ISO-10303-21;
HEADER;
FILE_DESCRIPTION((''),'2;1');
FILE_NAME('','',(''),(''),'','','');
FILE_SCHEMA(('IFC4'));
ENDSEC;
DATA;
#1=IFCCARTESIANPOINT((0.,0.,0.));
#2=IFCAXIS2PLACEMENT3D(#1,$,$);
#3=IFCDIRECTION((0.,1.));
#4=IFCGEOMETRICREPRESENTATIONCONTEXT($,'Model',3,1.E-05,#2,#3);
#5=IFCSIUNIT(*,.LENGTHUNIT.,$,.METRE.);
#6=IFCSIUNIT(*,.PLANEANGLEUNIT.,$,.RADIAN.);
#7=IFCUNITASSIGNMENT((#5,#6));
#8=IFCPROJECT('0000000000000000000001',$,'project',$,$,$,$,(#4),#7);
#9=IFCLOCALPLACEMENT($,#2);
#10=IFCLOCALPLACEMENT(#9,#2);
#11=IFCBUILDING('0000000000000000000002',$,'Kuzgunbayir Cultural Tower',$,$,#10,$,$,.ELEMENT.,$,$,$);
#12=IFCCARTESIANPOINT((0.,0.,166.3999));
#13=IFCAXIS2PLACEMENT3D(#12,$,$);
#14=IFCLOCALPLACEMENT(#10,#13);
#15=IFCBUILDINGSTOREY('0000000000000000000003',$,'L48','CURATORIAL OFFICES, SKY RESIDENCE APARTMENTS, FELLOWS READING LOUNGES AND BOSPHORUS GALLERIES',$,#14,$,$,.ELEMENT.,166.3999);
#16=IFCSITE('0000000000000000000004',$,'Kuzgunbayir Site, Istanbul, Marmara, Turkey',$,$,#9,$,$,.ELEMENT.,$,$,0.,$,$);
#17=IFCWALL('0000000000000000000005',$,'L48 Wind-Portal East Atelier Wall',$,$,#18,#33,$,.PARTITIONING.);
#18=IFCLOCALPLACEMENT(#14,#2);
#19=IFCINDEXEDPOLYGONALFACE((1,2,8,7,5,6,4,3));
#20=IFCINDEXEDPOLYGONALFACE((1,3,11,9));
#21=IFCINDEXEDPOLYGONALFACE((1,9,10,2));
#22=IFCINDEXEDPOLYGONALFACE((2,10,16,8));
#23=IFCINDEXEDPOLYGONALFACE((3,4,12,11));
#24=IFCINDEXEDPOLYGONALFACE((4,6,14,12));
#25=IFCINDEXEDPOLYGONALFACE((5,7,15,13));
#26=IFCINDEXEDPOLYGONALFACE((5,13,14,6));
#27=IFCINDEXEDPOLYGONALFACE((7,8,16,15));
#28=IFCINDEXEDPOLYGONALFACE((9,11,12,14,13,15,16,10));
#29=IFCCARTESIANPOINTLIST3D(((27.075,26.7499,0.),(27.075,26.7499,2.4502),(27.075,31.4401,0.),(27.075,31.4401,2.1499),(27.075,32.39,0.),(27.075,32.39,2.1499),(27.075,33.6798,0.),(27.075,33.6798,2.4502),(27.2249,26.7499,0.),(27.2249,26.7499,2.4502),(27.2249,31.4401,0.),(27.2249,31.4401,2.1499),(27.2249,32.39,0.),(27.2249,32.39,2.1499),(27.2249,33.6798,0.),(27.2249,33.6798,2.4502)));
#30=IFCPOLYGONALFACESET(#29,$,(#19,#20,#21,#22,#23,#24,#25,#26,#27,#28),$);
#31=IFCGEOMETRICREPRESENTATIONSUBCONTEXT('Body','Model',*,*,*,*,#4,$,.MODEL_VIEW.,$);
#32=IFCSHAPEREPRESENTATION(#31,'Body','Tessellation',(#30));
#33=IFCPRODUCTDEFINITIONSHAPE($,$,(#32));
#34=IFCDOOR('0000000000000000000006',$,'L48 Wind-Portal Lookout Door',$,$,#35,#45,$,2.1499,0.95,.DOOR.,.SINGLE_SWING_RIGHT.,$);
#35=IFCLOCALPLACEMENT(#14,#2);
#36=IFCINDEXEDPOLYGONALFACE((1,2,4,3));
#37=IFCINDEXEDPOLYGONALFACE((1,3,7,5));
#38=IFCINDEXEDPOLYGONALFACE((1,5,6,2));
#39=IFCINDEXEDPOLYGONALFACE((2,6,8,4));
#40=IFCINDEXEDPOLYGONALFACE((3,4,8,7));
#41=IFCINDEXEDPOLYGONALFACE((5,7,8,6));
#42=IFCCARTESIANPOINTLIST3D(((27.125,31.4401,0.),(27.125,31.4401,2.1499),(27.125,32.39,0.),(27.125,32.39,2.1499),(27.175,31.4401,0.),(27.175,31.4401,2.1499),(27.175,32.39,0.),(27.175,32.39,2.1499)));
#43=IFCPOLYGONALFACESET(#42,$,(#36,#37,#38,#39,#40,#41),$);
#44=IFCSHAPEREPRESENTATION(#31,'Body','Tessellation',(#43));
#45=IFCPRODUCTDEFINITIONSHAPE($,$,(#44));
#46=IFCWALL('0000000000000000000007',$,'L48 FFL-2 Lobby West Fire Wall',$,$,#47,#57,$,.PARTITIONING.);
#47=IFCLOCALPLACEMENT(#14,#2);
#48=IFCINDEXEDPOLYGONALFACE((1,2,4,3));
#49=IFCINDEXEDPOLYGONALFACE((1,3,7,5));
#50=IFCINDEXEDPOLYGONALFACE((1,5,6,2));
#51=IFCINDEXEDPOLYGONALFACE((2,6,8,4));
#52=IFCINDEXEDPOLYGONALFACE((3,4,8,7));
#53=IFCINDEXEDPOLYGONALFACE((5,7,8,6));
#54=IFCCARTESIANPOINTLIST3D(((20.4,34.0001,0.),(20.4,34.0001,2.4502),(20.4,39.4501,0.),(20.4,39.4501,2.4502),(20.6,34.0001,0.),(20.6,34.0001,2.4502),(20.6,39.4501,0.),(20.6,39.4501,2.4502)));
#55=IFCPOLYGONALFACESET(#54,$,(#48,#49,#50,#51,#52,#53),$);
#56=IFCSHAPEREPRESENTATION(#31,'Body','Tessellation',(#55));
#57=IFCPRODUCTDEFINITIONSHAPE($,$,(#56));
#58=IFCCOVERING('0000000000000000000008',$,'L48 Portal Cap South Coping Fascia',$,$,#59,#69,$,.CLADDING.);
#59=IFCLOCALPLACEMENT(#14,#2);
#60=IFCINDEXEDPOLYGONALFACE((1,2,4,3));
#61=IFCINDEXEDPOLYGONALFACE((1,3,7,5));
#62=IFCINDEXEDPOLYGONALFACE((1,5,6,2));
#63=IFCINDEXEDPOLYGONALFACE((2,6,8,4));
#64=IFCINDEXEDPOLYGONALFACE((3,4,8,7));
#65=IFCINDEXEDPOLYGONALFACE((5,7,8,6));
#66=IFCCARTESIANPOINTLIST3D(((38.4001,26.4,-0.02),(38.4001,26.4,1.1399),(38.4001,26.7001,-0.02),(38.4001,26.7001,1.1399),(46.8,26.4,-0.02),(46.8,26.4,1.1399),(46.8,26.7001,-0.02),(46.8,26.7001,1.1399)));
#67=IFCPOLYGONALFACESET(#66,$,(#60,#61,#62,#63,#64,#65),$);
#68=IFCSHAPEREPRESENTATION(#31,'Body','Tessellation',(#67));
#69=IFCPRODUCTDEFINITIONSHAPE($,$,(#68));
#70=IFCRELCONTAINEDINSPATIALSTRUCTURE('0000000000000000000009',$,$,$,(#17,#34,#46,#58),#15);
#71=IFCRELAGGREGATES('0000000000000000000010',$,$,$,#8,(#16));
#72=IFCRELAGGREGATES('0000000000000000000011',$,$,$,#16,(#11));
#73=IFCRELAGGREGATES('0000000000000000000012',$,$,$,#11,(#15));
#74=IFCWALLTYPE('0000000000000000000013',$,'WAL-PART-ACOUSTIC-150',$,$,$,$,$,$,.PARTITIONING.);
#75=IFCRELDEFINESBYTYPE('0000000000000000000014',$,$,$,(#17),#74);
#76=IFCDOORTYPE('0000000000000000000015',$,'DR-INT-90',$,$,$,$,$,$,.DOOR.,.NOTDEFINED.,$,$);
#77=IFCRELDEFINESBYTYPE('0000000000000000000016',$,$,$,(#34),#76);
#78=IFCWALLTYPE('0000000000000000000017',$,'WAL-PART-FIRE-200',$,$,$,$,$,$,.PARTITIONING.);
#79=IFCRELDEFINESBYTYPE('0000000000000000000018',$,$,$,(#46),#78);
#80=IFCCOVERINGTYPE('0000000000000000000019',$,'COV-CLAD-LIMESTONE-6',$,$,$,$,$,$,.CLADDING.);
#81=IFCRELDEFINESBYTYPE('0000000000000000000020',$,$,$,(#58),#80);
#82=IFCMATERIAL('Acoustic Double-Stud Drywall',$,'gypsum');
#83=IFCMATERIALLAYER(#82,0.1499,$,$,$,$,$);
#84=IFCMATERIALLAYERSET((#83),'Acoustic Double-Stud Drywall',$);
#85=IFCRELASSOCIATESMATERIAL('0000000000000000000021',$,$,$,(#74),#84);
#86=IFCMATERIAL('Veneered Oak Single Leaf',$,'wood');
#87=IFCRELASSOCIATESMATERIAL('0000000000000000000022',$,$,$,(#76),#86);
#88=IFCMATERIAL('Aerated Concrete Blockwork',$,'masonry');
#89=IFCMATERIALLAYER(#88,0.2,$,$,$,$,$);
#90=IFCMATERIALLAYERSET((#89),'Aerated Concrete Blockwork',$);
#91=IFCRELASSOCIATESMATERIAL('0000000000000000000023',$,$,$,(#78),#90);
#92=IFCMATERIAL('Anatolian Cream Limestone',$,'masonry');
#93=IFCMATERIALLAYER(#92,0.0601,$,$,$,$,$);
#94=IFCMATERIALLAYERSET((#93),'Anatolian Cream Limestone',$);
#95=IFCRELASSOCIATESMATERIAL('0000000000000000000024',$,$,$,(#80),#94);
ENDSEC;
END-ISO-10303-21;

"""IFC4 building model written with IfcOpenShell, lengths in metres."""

from ifc_helpers import new_model, si_unit, direction, frame, frame_2d, origin, origin_2d, place, context, subcontext, project, spatial, rectangle, extrude, material, layer, layer_set, type_object, element, fill, save


model = new_model("IFC4")

# Units and contexts
model_context = context("Model", 3, precision=1e-05, world=origin(), true_north=direction((0.0, 1.0)))
body_context = subcontext(model_context, "Body", "Model", "MODEL_VIEW")
ifc_project = project(units=[si_unit("LENGTHUNIT", "METRE"), si_unit("PLANEANGLEUNIT", "RADIAN")], contexts=[model_context])

# Site, building, storey
site_placement = place(None, origin())
site = spatial("IfcSite", under=ifc_project, at=site_placement, Name="Kuzgunbayir Site, Istanbul, Marmara, Turkey", CompositionType="ELEMENT", RefElevation=0.0)
building_placement = place(site_placement, origin())
building = spatial("IfcBuilding", under=site, at=building_placement, Name="Kuzgunbayir Cultural Tower", CompositionType="ELEMENT")
storey_placement = place(building_placement, frame((0.0, 0.0, 166.3999)))
storey = spatial("IfcBuildingStorey", under=building, at=storey_placement, Name="L48", Description="CURATORIAL OFFICES, SKY RESIDENCE APARTMENTS, FELLOWS READING LOUNGES AND BOSPHORUS GALLERIES", CompositionType="ELEMENT", Elevation=166.3999)

# Shared definitions
ifc_material_1 = material(Name="Anatolian Cream Limestone", Category="masonry")

# Wall, opening, door
ifc_material_2 = material(Name="Acoustic Double-Stud Drywall", Category="gypsum")
ifc_layer_1 = layer(ifc_material_2, 0.1499)
ifc_layer_set_1 = layer_set([ifc_layer_1], Name="Acoustic Double-Stud Drywall")
wall_type_1 = type_object("IfcWallType", Name="WAL-PART-ACOUSTIC-150", PredefinedType="PARTITIONING", material=ifc_layer_set_1)
ifc_material_3 = material(Name="Veneered Oak Single Leaf", Category="wood")
wall_1_placement = place(storey_placement, frame((27.1499, 26.75, 0.0), z_axis=(0.0, 0.0, 1.0), x_axis=(0.0, 1.0, 0.0)))
wall_1 = element("IfcWall", 1, at=wall_1_placement, inside=storey, type_object=wall_type_1, Name="L48 Wind-Portal East Atelier Wall", PredefinedType="PARTITIONING", context=body_context, shape_type="SweptSolid", body=[
    extrude(rectangle(XDim=6.9299, YDim=0.1499, at=frame_2d((3.4648, 0.0))), origin(), (0.0, 0.0, 1.0), 2.4502),
])
opening_1_placement = place(wall_1_placement, frame((4.6899, 0.0, 0.0)))
opening_1 = element("IfcOpeningElement", 2, at=opening_1_placement, cuts=wall_1, PredefinedType="OPENING", context=body_context, shape_type="SweptSolid", body=[
    extrude(rectangle(XDim=0.95, YDim=2.1499, at=frame_2d((0.4751, 1.075))), frame((0.0, 0.085, 0.0), z_axis=(0.0, -1.0, 0.0), x_axis=(1.0, 0.0, 0.0)), (0.0, 0.0, 1.0), 0.1699),
])
door_type_1 = type_object("IfcDoorType", Name="DR-INT-90", OperationType="NOTDEFINED", PredefinedType="DOOR", material=ifc_material_3)
door_1_placement = place(opening_1_placement, origin())
door_1 = element("IfcDoor", 3, at=door_1_placement, inside=storey, type_object=door_type_1, Name="L48 Wind-Portal Lookout Door", OperationType="SINGLE_SWING_RIGHT", OverallHeight=2.1499, OverallWidth=0.95, PredefinedType="DOOR", context=body_context, shape_type="SweptSolid", body=[
    extrude(rectangle(XDim=0.95, YDim=2.1499, at=frame_2d((0.4751, 1.075))), frame((0.0, 0.0249, 0.0), z_axis=(0.0, -1.0, 0.0), x_axis=(1.0, 0.0, 0.0)), (0.0, 0.0, 1.0), 0.05),
])
fill(opening_1, door_1)

# Wall
ifc_material_4 = material(Name="Aerated Concrete Blockwork", Category="masonry")
ifc_layer_2 = layer(ifc_material_4, 0.2)
ifc_layer_set_2 = layer_set([ifc_layer_2], Name="Aerated Concrete Blockwork")
wall_type_2 = type_object("IfcWallType", Name="WAL-PART-FIRE-200", PredefinedType="PARTITIONING", material=ifc_layer_set_2)
wall_2_placement = place(storey_placement, frame((20.5, 34.0, 0.0), z_axis=(0.0, 0.0, 1.0), x_axis=(0.0, 1.0, 0.0)))
element("IfcWall", 4, at=wall_2_placement, inside=storey, type_object=wall_type_2, Name="L48 FFL-2 Lobby West Fire Wall", PredefinedType="PARTITIONING", context=body_context, shape_type="SweptSolid", body=[
    extrude(rectangle(XDim=5.45, YDim=0.2, at=frame_2d((2.7251, 0.0))), origin(), (0.0, 0.0, 1.0), 2.4502),
])

# Covering
ifc_layer_3 = layer(ifc_material_1, 0.0601)
ifc_layer_set_3 = layer_set([ifc_layer_3], Name="Anatolian Cream Limestone")
covering_type = type_object("IfcCoveringType", Name="COV-CLAD-LIMESTONE-6", PredefinedType="CLADDING", material=ifc_layer_set_3)
covering_placement = place(storey_placement, frame((42.6001, 26.55, -0.02), z_axis=(0.0, 0.0, 1.0), x_axis=(1.0, 0.0, 0.0)))
element("IfcCovering", 5, at=covering_placement, inside=storey, type_object=covering_type, Name="L48 Portal Cap South Coping Fascia", PredefinedType="CLADDING", context=body_context, shape_type="SweptSolid", body=[
    extrude(rectangle(XDim=8.3999, YDim=0.3, at=origin_2d()), origin(), (0.0, 0.0, 1.0), 1.1599),
])

save(model, "model.ifc")
